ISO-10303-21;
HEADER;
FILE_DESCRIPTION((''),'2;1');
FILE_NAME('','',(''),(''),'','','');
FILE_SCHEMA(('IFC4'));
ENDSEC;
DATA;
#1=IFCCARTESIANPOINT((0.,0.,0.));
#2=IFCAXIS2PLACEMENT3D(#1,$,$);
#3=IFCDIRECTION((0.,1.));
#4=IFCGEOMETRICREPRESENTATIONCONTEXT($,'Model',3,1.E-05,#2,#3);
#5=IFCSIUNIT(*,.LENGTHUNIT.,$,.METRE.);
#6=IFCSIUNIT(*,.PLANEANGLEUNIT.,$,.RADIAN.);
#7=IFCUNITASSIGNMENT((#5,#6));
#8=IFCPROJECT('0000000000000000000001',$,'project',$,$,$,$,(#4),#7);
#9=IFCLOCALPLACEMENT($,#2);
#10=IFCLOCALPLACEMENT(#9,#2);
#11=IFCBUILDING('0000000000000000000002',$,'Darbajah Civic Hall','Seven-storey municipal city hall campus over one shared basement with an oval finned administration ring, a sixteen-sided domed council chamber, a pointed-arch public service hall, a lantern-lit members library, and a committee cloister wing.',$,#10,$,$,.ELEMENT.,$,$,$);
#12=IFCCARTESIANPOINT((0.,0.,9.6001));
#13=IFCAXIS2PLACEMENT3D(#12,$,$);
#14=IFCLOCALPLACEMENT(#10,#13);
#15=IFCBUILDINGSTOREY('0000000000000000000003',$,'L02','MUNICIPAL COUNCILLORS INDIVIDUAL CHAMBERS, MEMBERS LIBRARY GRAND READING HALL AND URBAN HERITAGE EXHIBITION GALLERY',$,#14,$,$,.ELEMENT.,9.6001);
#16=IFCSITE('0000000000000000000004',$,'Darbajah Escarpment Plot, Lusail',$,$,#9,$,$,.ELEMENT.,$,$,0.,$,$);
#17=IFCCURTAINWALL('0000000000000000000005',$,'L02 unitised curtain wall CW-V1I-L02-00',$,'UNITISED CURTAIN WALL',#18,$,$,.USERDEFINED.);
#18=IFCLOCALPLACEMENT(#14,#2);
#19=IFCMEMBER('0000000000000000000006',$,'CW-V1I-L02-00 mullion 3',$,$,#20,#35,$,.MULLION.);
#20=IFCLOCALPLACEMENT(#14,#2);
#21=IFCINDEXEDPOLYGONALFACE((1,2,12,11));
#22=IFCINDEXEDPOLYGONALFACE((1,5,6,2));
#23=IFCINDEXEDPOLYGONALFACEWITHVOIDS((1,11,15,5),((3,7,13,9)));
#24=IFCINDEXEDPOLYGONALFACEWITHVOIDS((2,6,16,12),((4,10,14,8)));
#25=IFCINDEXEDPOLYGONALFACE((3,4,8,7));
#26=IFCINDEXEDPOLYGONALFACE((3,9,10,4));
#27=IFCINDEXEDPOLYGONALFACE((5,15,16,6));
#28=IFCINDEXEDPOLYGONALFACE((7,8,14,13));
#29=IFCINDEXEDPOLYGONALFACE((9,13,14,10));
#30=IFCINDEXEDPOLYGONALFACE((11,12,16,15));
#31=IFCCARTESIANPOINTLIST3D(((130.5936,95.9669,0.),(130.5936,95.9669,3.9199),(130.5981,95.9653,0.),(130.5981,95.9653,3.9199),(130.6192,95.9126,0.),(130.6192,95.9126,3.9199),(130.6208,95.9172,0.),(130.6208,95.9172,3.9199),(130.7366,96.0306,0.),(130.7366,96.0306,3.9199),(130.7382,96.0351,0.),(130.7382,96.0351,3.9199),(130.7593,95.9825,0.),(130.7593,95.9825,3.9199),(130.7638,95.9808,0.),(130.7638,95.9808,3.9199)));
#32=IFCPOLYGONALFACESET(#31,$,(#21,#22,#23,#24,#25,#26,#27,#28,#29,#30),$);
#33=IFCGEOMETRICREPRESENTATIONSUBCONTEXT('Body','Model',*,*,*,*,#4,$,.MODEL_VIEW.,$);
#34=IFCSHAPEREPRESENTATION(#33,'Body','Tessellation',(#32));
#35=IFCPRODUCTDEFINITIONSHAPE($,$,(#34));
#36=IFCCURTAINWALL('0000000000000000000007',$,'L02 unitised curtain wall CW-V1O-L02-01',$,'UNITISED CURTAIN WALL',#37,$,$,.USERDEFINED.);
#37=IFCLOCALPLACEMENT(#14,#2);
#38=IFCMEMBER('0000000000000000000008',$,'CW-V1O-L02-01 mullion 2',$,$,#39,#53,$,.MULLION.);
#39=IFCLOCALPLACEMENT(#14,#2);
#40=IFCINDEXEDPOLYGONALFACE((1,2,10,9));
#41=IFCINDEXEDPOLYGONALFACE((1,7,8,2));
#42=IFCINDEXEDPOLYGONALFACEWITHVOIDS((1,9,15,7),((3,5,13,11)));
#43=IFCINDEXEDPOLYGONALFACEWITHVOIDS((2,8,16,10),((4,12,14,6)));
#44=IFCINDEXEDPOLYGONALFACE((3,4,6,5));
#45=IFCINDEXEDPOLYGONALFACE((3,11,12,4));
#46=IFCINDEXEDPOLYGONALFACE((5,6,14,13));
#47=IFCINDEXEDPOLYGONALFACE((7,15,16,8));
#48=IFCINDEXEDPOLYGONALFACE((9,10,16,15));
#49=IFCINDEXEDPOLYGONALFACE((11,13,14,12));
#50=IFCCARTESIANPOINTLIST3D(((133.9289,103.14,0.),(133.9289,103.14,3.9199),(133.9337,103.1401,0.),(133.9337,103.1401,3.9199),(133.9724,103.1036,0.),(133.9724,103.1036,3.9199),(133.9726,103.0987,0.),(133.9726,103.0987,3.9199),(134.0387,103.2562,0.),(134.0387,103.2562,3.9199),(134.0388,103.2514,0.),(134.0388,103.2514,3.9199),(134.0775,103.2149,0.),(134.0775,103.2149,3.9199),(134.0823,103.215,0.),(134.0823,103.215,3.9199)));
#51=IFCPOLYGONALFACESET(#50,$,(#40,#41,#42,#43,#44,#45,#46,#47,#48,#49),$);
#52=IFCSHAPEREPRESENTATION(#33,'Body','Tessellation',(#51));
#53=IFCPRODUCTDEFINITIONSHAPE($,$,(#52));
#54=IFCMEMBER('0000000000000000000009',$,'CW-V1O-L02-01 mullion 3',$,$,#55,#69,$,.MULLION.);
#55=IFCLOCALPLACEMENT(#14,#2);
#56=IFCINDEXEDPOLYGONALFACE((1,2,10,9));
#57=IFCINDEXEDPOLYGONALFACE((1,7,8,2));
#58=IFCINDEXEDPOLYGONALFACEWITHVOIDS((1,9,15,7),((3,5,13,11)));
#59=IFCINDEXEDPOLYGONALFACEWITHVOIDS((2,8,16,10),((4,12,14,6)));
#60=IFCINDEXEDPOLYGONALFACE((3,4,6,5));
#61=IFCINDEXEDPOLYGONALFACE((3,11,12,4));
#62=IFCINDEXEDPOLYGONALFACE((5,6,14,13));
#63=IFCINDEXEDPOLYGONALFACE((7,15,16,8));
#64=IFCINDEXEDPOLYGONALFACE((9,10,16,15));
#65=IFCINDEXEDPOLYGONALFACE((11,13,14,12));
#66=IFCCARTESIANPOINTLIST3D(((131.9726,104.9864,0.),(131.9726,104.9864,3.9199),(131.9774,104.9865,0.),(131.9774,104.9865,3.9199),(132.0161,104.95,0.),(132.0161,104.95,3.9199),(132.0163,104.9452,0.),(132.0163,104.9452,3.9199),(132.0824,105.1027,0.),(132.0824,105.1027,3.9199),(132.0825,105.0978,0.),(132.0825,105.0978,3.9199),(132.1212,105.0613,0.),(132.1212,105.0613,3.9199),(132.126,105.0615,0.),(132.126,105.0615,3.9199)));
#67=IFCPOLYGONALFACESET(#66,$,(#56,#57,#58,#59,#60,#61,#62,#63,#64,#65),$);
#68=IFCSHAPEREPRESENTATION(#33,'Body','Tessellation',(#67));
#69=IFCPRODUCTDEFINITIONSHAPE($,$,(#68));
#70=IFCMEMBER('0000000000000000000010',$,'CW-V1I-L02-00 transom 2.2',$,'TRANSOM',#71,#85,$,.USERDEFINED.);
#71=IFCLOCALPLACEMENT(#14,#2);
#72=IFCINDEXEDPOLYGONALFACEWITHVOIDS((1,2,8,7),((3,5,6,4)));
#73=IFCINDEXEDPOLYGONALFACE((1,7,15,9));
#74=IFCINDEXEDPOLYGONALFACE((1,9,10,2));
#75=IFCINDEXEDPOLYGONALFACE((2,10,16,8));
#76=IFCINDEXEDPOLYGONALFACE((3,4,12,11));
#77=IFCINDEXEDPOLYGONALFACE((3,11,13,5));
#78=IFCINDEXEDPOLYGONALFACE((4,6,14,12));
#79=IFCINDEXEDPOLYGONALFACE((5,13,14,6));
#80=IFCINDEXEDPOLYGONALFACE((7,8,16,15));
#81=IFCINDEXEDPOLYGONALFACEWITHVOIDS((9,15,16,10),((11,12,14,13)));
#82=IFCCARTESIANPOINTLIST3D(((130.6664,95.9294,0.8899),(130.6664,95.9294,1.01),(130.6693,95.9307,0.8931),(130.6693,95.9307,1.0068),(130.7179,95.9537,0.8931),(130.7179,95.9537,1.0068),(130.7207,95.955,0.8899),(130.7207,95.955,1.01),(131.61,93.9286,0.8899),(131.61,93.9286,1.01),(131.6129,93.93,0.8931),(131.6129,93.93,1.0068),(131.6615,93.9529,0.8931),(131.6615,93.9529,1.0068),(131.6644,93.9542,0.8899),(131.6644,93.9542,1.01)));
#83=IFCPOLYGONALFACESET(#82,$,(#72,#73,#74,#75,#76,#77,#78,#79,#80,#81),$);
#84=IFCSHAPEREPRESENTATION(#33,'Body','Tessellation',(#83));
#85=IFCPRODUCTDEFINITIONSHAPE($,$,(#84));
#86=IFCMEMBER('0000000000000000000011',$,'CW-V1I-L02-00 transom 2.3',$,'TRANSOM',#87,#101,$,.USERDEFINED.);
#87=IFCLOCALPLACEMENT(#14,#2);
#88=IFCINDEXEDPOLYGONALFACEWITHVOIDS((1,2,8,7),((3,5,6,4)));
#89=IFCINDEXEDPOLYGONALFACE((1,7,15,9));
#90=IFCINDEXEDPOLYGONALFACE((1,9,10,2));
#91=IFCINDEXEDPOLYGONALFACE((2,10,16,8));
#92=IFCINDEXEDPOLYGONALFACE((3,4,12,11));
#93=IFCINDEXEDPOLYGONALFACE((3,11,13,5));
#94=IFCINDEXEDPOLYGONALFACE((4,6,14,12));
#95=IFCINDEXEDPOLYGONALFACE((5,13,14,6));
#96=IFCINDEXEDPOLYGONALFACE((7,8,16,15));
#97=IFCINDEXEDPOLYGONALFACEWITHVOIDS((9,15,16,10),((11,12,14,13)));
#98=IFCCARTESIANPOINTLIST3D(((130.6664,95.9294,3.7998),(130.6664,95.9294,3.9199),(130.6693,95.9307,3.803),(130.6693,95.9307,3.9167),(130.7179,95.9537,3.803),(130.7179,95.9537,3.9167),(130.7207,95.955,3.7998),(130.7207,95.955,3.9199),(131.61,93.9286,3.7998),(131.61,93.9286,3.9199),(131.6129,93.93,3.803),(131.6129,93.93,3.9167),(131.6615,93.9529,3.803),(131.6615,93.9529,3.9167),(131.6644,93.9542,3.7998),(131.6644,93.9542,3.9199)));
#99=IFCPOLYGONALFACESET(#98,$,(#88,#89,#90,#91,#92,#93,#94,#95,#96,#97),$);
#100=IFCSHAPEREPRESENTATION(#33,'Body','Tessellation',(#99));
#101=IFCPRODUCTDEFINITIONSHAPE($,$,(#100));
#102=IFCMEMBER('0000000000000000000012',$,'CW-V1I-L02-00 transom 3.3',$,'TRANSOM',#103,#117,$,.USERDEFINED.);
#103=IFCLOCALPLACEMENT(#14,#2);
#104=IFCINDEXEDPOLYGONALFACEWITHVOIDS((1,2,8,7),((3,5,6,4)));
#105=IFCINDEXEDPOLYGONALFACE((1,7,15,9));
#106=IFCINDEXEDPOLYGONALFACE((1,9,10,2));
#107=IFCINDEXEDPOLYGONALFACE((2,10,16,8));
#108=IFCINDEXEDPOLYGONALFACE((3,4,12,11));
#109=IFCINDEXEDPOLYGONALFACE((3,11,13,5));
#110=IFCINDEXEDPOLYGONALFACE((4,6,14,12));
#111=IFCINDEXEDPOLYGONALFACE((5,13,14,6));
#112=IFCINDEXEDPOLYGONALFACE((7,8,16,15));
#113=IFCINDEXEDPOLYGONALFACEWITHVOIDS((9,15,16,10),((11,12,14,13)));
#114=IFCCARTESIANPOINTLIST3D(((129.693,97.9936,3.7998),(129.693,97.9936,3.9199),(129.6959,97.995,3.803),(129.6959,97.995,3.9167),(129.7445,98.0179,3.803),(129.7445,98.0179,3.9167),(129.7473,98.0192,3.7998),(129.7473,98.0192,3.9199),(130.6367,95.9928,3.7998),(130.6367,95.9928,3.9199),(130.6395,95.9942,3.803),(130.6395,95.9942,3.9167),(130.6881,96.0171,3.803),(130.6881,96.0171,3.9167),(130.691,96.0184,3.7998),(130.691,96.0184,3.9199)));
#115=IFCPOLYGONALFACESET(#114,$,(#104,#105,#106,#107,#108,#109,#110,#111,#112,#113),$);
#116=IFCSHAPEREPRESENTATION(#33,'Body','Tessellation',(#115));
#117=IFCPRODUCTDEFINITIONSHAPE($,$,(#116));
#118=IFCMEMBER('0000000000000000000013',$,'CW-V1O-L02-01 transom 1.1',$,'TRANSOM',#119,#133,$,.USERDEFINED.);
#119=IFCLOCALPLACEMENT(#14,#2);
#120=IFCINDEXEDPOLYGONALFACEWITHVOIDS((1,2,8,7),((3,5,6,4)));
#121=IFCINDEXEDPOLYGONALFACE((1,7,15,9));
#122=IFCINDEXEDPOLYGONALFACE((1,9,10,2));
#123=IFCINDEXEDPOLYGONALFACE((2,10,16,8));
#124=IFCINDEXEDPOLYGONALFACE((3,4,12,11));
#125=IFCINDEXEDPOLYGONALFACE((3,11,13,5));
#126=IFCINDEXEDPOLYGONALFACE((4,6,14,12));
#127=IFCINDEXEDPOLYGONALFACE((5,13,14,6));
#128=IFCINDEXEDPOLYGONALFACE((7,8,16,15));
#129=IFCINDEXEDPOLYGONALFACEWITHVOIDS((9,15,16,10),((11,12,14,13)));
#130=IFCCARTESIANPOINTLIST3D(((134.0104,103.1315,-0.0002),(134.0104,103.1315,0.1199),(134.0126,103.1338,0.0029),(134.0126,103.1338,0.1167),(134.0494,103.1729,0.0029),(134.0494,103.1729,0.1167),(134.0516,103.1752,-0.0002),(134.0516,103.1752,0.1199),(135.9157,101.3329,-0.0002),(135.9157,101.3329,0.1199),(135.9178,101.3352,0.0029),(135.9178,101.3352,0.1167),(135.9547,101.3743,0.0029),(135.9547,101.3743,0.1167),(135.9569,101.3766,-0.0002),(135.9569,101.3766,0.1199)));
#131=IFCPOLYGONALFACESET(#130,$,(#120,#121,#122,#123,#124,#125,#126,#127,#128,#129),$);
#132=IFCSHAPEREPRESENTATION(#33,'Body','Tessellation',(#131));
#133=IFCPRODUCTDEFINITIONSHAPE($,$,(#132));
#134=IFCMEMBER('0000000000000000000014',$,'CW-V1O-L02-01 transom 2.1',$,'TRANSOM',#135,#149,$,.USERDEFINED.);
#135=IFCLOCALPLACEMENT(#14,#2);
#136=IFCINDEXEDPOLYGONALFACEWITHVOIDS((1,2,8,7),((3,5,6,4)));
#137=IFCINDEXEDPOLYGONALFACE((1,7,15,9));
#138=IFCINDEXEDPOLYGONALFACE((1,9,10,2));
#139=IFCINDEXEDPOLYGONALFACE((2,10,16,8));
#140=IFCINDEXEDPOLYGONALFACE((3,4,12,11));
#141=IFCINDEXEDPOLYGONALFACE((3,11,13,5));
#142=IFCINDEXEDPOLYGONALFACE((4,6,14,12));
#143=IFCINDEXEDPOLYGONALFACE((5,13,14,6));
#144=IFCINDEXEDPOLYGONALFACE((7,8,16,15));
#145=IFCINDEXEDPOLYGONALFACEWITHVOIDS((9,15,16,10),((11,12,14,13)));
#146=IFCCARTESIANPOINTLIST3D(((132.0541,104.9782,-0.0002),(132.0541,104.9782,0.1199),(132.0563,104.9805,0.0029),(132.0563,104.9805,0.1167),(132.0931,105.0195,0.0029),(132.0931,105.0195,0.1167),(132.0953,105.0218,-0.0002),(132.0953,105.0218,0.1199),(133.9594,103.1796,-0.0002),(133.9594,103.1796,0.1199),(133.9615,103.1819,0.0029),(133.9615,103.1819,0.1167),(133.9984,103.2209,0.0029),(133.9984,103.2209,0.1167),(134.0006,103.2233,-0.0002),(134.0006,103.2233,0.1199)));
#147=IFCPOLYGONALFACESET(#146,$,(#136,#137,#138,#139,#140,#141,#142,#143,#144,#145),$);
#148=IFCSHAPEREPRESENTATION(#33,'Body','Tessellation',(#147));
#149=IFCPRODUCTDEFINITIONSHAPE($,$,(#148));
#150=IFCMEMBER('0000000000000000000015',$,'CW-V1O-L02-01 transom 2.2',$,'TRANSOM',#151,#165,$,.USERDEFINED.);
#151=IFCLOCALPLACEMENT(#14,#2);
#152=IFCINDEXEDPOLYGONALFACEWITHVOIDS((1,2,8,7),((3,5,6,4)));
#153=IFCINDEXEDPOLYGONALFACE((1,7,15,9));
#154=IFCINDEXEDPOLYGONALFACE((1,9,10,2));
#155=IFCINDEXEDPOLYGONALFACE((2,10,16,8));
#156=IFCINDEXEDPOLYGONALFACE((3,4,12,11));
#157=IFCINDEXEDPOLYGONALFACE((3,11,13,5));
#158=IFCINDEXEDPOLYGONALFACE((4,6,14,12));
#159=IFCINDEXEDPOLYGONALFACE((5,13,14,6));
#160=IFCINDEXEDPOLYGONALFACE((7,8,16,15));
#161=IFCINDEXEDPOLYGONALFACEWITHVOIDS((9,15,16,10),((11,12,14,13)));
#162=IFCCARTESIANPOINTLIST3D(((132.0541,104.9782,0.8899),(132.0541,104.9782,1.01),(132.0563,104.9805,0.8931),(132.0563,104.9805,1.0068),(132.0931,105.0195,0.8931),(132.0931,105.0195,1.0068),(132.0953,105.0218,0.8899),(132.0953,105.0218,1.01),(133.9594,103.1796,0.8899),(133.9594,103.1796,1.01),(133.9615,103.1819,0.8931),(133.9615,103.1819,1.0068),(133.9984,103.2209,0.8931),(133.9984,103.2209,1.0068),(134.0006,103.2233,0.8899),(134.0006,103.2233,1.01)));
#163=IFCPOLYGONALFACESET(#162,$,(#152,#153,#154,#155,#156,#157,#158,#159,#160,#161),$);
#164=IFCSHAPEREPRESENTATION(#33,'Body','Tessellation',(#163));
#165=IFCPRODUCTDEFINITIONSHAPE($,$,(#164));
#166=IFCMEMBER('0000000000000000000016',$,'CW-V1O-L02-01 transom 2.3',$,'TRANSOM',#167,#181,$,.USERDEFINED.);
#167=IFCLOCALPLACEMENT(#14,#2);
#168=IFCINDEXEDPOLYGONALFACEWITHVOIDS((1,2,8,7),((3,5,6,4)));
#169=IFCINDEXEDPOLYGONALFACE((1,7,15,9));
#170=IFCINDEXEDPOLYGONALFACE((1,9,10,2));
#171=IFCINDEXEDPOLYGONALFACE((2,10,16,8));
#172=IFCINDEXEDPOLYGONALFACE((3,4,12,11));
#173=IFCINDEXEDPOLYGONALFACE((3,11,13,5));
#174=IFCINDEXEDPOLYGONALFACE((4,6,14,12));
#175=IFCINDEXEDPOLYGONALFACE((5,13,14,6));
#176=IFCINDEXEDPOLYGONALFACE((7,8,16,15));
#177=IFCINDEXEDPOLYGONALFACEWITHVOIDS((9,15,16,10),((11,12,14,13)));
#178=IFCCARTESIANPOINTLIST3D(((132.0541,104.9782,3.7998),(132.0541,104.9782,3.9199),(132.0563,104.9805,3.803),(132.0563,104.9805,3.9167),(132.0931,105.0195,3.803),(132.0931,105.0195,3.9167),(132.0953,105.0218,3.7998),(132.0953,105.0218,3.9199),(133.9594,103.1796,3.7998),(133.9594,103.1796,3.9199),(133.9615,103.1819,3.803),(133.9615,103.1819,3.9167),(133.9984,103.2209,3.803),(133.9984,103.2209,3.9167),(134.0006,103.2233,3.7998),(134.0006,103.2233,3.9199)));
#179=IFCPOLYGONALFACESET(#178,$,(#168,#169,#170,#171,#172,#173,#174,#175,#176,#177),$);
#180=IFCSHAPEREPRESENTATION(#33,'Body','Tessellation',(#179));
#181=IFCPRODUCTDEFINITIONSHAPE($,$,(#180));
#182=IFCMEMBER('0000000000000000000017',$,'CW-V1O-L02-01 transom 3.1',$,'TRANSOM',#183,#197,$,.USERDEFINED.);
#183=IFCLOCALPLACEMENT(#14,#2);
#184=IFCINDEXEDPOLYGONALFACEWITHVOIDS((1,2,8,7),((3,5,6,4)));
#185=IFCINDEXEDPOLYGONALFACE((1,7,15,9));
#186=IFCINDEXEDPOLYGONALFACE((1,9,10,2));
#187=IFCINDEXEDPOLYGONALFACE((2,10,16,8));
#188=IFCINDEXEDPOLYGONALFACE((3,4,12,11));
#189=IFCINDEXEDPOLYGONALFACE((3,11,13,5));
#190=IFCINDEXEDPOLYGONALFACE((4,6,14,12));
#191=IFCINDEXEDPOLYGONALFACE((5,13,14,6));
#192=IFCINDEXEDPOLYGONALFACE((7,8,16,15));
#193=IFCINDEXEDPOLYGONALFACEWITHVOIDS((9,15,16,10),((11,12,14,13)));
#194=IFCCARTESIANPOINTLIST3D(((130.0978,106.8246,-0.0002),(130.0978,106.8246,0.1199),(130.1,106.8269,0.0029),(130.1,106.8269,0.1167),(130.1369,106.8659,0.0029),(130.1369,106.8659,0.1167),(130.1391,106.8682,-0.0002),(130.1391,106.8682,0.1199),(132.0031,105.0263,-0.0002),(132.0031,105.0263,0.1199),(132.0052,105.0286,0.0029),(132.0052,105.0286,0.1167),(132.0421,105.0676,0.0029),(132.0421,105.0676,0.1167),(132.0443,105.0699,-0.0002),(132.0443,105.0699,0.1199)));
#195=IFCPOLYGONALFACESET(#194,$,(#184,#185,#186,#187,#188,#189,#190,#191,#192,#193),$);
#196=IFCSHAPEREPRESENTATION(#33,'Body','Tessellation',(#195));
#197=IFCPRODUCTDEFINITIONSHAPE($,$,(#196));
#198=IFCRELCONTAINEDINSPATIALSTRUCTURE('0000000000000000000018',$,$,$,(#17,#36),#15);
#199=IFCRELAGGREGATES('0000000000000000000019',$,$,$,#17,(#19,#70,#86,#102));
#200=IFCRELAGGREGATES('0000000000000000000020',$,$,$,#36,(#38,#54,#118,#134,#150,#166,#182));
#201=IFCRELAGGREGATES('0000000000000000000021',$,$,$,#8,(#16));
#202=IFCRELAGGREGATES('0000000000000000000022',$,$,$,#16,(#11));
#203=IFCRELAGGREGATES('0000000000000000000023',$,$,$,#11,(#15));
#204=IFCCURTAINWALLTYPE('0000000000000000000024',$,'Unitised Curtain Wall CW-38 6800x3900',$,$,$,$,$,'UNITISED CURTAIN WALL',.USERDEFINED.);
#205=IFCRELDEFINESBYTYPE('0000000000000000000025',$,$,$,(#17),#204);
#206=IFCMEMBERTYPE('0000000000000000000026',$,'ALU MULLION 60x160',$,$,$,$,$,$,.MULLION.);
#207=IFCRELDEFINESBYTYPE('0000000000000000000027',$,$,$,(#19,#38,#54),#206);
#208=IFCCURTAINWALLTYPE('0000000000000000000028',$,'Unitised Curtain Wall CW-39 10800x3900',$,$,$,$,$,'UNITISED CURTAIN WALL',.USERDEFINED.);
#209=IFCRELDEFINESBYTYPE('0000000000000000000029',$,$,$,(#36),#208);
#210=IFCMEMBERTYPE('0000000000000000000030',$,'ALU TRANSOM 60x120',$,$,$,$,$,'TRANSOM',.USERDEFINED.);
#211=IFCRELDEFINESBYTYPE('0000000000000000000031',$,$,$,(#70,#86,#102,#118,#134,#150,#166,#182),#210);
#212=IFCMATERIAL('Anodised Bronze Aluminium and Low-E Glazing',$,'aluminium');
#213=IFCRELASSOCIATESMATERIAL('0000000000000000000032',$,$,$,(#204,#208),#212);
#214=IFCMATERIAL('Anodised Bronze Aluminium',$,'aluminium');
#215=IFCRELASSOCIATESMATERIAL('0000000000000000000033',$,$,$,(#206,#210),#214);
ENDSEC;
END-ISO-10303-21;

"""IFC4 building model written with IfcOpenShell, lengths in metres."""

from ifc_helpers import new_model, si_unit, direction, frame, origin, origin_2d, place, context, subcontext, project, spatial, hollow_rectangle, extrude, material, material_profile, profile_set, type_object, element, aggregate, save


model = new_model("IFC4")

# Units and contexts
model_context = context("Model", 3, precision=1e-05, world=origin(), true_north=direction((0.0, 1.0)))
body_context = subcontext(model_context, "Body", "Model", "MODEL_VIEW")
ifc_project = project(units=[si_unit("LENGTHUNIT", "METRE"), si_unit("PLANEANGLEUNIT", "RADIAN")], contexts=[model_context])

# Site, building, storey
site_placement = place(None, origin())
site = spatial("IfcSite", under=ifc_project, at=site_placement, Name="Darbajah Escarpment Plot, Lusail", CompositionType="ELEMENT", RefElevation=0.0)
building_placement = place(site_placement, origin())
building = spatial("IfcBuilding", under=site, at=building_placement, Name="Darbajah Civic Hall", Description="Seven-storey municipal city hall campus over one shared basement with an oval finned administration ring, a sixteen-sided domed council chamber, a pointed-arch public service hall, a lantern-lit members library, and a committee cloister wing.", CompositionType="ELEMENT")
storey_placement = place(building_placement, frame((0.0, 0.0, 9.6001)))
storey = spatial("IfcBuildingStorey", under=building, at=storey_placement, Name="L02", Description="MUNICIPAL COUNCILLORS INDIVIDUAL CHAMBERS, MEMBERS LIBRARY GRAND READING HALL AND URBAN HERITAGE EXHIBITION GALLERY", CompositionType="ELEMENT", Elevation=9.6001)

# Curtain wall, member
ifc_material_1 = material(Name="Anodised Bronze Aluminium and Low-E Glazing", Category="aluminium")
curtain_wall_type_1 = type_object("IfcCurtainWallType", Name="Unitised Curtain Wall CW-38 6800x3900", ElementType="UNITISED CURTAIN WALL", PredefinedType="USERDEFINED", material=ifc_material_1)
curtain_wall_1_placement = place(storey_placement, origin())
curtain_wall_1 = element("IfcCurtainWall", 1, at=curtain_wall_1_placement, inside=storey, type_object=curtain_wall_type_1, Name="L02 unitised curtain wall CW-V1I-L02-00", ObjectType="UNITISED CURTAIN WALL", PredefinedType="USERDEFINED")
ifc_material_2 = material(Name="Anodised Bronze Aluminium", Category="aluminium")
ifc_material_profile_1 = material_profile(ifc_material_2, hollow_rectangle(XDim=0.0601, YDim=0.1599, WallThickness=0.0034, at=origin_2d()), Name="ALU MULLION 60x160")
ifc_profile_set_1 = profile_set([ifc_material_profile_1], Name="Anodised Bronze Aluminium")
member_type_1 = type_object("IfcMemberType", Name="ALU MULLION 60x160", PredefinedType="MULLION", material=ifc_profile_set_1)
member_1_placement = place(storey_placement, frame((130.6787, 95.9739, 0.0), z_axis=(0.0, 0.0, 1.0), x_axis=(-0.426569, 0.904455, 0.0)))
member_1 = element("IfcMember", 2, at=member_1_placement, type_object=member_type_1, Name="CW-V1I-L02-00 mullion 3", PredefinedType="MULLION", context=body_context, shape_type="SweptSolid", body=[
    extrude(hollow_rectangle(XDim=0.0601, YDim=0.1599, WallThickness=0.0034, at=origin_2d()), origin(), (0.0, 0.0, 1.0), 3.9199),
])

# Curtain wall, members
curtain_wall_type_2 = type_object("IfcCurtainWallType", Name="Unitised Curtain Wall CW-39 10800x3900", ElementType="UNITISED CURTAIN WALL", PredefinedType="USERDEFINED", material=ifc_material_1)
curtain_wall_2_placement = place(storey_placement, origin())
curtain_wall_2 = element("IfcCurtainWall", 3, at=curtain_wall_2_placement, inside=storey, type_object=curtain_wall_type_2, Name="L02 unitised curtain wall CW-V1O-L02-01", ObjectType="UNITISED CURTAIN WALL", PredefinedType="USERDEFINED")
member_2_placement = place(storey_placement, frame((134.0056, 103.1775, 0.0), z_axis=(0.0, 0.0, 1.0), x_axis=(-0.727174, 0.686453, 0.0)))
member_2 = element("IfcMember", 4, at=member_2_placement, type_object=member_type_1, Name="CW-V1O-L02-01 mullion 2", PredefinedType="MULLION", context=body_context, shape_type="SweptSolid", body=[
    extrude(hollow_rectangle(XDim=0.0601, YDim=0.1599, WallThickness=0.0034, at=origin_2d()), origin(), (0.0, 0.0, 1.0), 3.9199),
])
member_3_placement = place(storey_placement, frame((132.0493, 105.0239, 0.0), z_axis=(0.0, 0.0, 1.0), x_axis=(-0.727174, 0.686453, 0.0)))
member_3 = element("IfcMember", 5, at=member_3_placement, type_object=member_type_1, Name="CW-V1O-L02-01 mullion 3", PredefinedType="MULLION", context=body_context, shape_type="SweptSolid", body=[
    extrude(hollow_rectangle(XDim=0.0601, YDim=0.1599, WallThickness=0.0034, at=origin_2d()), origin(), (0.0, 0.0, 1.0), 3.9199),
])

# Members
ifc_material_profile_2 = material_profile(ifc_material_2, hollow_rectangle(XDim=0.0601, YDim=0.1201, WallThickness=0.0032, at=origin_2d()), Name="ALU TRANSOM 60x120")
ifc_profile_set_2 = profile_set([ifc_material_profile_2], Name="Anodised Bronze Aluminium")
member_type_2 = type_object("IfcMemberType", Name="ALU TRANSOM 60x120", ElementType="TRANSOM", PredefinedType="USERDEFINED", material=ifc_profile_set_2)
member_4_placement = place(storey_placement, frame((131.6372, 93.9414, 0.95), z_axis=(-0.426568, 0.904456, 0.0), x_axis=(-0.904456, -0.426568, 0.0)))
member_4 = element("IfcMember", 6, at=member_4_placement, type_object=member_type_2, Name="CW-V1I-L02-00 transom 2.2", ObjectType="TRANSOM", PredefinedType="USERDEFINED", context=body_context, shape_type="SweptSolid", body=[
    extrude(hollow_rectangle(XDim=0.0601, YDim=0.1201, WallThickness=0.0032, at=origin_2d()), origin(), (0.0, 0.0, 1.0), 2.2122),
])
member_5_placement = place(storey_placement, frame((131.6372, 93.9414, 3.8599), z_axis=(-0.426568, 0.904456, 0.0), x_axis=(-0.904456, -0.426568, 0.0)))
member_5 = element("IfcMember", 7, at=member_5_placement, type_object=member_type_2, Name="CW-V1I-L02-00 transom 2.3", ObjectType="TRANSOM", PredefinedType="USERDEFINED", context=body_context, shape_type="SweptSolid", body=[
    extrude(hollow_rectangle(XDim=0.0601, YDim=0.1201, WallThickness=0.0032, at=origin_2d()), origin(), (0.0, 0.0, 1.0), 2.2122),
])
member_6_placement = place(storey_placement, frame((130.6638, 96.0056, 3.8599), z_axis=(-0.426568, 0.904456, 0.0), x_axis=(-0.904456, -0.426568, 0.0)))
member_6 = element("IfcMember", 8, at=member_6_placement, type_object=member_type_2, Name="CW-V1I-L02-00 transom 3.3", ObjectType="TRANSOM", PredefinedType="USERDEFINED", context=body_context, shape_type="SweptSolid", body=[
    extrude(hollow_rectangle(XDim=0.0601, YDim=0.1201, WallThickness=0.0032, at=origin_2d()), origin(), (0.0, 0.0, 1.0), 2.2122),
])
member_7_placement = place(storey_placement, frame((135.9363, 101.3547, 0.0598), z_axis=(-0.727173, 0.686454, 0.0), x_axis=(-0.686454, -0.727173, 0.0)))
member_7 = element("IfcMember", 9, at=member_7_placement, type_object=member_type_2, Name="CW-V1O-L02-01 transom 1.1", ObjectType="TRANSOM", PredefinedType="USERDEFINED", context=body_context, shape_type="SweptSolid", body=[
    extrude(hollow_rectangle(XDim=0.0601, YDim=0.1201, WallThickness=0.0032, at=origin_2d()), origin(), (0.0, 0.0, 1.0), 2.6201),
])
member_8_placement = place(storey_placement, frame((133.98, 103.2014, 0.0598), z_axis=(-0.727173, 0.686454, 0.0), x_axis=(-0.686454, -0.727173, 0.0)))
member_8 = element("IfcMember", 10, at=member_8_placement, type_object=member_type_2, Name="CW-V1O-L02-01 transom 2.1", ObjectType="TRANSOM", PredefinedType="USERDEFINED", context=body_context, shape_type="SweptSolid", body=[
    extrude(hollow_rectangle(XDim=0.0601, YDim=0.1201, WallThickness=0.0032, at=origin_2d()), origin(), (0.0, 0.0, 1.0), 2.6201),
])
member_9_placement = place(storey_placement, frame((133.98, 103.2014, 0.95), z_axis=(-0.727173, 0.686454, 0.0), x_axis=(-0.686454, -0.727173, 0.0)))
member_9 = element("IfcMember", 11, at=member_9_placement, type_object=member_type_2, Name="CW-V1O-L02-01 transom 2.2", ObjectType="TRANSOM", PredefinedType="USERDEFINED", context=body_context, shape_type="SweptSolid", body=[
    extrude(hollow_rectangle(XDim=0.0601, YDim=0.1201, WallThickness=0.0032, at=origin_2d()), origin(), (0.0, 0.0, 1.0), 2.6201),
])
member_10_placement = place(storey_placement, frame((133.98, 103.2014, 3.8599), z_axis=(-0.727173, 0.686454, 0.0), x_axis=(-0.686454, -0.727173, 0.0)))
member_10 = element("IfcMember", 12, at=member_10_placement, type_object=member_type_2, Name="CW-V1O-L02-01 transom 2.3", ObjectType="TRANSOM", PredefinedType="USERDEFINED", context=body_context, shape_type="SweptSolid", body=[
    extrude(hollow_rectangle(XDim=0.0601, YDim=0.1201, WallThickness=0.0032, at=origin_2d()), origin(), (0.0, 0.0, 1.0), 2.6201),
])
member_11_placement = place(storey_placement, frame((132.0237, 105.0481, 0.0598), z_axis=(-0.72722, 0.686405, 0.0), x_axis=(-0.686405, -0.72722, 0.0)))
member_11 = element("IfcMember", 13, at=member_11_placement, type_object=member_type_2, Name="CW-V1O-L02-01 transom 3.1", ObjectType="TRANSOM", PredefinedType="USERDEFINED", context=body_context, shape_type="SweptSolid", body=[
    extrude(hollow_rectangle(XDim=0.0601, YDim=0.1201, WallThickness=0.0032, at=origin_2d()), origin(), (0.0, 0.0, 1.0), 2.6199),
])

aggregate(curtain_wall_1, [member_1, member_4, member_5, member_6])
aggregate(curtain_wall_2, [member_2, member_3, member_7, member_8, member_9, member_10, member_11])

save(model, "model.ifc")
